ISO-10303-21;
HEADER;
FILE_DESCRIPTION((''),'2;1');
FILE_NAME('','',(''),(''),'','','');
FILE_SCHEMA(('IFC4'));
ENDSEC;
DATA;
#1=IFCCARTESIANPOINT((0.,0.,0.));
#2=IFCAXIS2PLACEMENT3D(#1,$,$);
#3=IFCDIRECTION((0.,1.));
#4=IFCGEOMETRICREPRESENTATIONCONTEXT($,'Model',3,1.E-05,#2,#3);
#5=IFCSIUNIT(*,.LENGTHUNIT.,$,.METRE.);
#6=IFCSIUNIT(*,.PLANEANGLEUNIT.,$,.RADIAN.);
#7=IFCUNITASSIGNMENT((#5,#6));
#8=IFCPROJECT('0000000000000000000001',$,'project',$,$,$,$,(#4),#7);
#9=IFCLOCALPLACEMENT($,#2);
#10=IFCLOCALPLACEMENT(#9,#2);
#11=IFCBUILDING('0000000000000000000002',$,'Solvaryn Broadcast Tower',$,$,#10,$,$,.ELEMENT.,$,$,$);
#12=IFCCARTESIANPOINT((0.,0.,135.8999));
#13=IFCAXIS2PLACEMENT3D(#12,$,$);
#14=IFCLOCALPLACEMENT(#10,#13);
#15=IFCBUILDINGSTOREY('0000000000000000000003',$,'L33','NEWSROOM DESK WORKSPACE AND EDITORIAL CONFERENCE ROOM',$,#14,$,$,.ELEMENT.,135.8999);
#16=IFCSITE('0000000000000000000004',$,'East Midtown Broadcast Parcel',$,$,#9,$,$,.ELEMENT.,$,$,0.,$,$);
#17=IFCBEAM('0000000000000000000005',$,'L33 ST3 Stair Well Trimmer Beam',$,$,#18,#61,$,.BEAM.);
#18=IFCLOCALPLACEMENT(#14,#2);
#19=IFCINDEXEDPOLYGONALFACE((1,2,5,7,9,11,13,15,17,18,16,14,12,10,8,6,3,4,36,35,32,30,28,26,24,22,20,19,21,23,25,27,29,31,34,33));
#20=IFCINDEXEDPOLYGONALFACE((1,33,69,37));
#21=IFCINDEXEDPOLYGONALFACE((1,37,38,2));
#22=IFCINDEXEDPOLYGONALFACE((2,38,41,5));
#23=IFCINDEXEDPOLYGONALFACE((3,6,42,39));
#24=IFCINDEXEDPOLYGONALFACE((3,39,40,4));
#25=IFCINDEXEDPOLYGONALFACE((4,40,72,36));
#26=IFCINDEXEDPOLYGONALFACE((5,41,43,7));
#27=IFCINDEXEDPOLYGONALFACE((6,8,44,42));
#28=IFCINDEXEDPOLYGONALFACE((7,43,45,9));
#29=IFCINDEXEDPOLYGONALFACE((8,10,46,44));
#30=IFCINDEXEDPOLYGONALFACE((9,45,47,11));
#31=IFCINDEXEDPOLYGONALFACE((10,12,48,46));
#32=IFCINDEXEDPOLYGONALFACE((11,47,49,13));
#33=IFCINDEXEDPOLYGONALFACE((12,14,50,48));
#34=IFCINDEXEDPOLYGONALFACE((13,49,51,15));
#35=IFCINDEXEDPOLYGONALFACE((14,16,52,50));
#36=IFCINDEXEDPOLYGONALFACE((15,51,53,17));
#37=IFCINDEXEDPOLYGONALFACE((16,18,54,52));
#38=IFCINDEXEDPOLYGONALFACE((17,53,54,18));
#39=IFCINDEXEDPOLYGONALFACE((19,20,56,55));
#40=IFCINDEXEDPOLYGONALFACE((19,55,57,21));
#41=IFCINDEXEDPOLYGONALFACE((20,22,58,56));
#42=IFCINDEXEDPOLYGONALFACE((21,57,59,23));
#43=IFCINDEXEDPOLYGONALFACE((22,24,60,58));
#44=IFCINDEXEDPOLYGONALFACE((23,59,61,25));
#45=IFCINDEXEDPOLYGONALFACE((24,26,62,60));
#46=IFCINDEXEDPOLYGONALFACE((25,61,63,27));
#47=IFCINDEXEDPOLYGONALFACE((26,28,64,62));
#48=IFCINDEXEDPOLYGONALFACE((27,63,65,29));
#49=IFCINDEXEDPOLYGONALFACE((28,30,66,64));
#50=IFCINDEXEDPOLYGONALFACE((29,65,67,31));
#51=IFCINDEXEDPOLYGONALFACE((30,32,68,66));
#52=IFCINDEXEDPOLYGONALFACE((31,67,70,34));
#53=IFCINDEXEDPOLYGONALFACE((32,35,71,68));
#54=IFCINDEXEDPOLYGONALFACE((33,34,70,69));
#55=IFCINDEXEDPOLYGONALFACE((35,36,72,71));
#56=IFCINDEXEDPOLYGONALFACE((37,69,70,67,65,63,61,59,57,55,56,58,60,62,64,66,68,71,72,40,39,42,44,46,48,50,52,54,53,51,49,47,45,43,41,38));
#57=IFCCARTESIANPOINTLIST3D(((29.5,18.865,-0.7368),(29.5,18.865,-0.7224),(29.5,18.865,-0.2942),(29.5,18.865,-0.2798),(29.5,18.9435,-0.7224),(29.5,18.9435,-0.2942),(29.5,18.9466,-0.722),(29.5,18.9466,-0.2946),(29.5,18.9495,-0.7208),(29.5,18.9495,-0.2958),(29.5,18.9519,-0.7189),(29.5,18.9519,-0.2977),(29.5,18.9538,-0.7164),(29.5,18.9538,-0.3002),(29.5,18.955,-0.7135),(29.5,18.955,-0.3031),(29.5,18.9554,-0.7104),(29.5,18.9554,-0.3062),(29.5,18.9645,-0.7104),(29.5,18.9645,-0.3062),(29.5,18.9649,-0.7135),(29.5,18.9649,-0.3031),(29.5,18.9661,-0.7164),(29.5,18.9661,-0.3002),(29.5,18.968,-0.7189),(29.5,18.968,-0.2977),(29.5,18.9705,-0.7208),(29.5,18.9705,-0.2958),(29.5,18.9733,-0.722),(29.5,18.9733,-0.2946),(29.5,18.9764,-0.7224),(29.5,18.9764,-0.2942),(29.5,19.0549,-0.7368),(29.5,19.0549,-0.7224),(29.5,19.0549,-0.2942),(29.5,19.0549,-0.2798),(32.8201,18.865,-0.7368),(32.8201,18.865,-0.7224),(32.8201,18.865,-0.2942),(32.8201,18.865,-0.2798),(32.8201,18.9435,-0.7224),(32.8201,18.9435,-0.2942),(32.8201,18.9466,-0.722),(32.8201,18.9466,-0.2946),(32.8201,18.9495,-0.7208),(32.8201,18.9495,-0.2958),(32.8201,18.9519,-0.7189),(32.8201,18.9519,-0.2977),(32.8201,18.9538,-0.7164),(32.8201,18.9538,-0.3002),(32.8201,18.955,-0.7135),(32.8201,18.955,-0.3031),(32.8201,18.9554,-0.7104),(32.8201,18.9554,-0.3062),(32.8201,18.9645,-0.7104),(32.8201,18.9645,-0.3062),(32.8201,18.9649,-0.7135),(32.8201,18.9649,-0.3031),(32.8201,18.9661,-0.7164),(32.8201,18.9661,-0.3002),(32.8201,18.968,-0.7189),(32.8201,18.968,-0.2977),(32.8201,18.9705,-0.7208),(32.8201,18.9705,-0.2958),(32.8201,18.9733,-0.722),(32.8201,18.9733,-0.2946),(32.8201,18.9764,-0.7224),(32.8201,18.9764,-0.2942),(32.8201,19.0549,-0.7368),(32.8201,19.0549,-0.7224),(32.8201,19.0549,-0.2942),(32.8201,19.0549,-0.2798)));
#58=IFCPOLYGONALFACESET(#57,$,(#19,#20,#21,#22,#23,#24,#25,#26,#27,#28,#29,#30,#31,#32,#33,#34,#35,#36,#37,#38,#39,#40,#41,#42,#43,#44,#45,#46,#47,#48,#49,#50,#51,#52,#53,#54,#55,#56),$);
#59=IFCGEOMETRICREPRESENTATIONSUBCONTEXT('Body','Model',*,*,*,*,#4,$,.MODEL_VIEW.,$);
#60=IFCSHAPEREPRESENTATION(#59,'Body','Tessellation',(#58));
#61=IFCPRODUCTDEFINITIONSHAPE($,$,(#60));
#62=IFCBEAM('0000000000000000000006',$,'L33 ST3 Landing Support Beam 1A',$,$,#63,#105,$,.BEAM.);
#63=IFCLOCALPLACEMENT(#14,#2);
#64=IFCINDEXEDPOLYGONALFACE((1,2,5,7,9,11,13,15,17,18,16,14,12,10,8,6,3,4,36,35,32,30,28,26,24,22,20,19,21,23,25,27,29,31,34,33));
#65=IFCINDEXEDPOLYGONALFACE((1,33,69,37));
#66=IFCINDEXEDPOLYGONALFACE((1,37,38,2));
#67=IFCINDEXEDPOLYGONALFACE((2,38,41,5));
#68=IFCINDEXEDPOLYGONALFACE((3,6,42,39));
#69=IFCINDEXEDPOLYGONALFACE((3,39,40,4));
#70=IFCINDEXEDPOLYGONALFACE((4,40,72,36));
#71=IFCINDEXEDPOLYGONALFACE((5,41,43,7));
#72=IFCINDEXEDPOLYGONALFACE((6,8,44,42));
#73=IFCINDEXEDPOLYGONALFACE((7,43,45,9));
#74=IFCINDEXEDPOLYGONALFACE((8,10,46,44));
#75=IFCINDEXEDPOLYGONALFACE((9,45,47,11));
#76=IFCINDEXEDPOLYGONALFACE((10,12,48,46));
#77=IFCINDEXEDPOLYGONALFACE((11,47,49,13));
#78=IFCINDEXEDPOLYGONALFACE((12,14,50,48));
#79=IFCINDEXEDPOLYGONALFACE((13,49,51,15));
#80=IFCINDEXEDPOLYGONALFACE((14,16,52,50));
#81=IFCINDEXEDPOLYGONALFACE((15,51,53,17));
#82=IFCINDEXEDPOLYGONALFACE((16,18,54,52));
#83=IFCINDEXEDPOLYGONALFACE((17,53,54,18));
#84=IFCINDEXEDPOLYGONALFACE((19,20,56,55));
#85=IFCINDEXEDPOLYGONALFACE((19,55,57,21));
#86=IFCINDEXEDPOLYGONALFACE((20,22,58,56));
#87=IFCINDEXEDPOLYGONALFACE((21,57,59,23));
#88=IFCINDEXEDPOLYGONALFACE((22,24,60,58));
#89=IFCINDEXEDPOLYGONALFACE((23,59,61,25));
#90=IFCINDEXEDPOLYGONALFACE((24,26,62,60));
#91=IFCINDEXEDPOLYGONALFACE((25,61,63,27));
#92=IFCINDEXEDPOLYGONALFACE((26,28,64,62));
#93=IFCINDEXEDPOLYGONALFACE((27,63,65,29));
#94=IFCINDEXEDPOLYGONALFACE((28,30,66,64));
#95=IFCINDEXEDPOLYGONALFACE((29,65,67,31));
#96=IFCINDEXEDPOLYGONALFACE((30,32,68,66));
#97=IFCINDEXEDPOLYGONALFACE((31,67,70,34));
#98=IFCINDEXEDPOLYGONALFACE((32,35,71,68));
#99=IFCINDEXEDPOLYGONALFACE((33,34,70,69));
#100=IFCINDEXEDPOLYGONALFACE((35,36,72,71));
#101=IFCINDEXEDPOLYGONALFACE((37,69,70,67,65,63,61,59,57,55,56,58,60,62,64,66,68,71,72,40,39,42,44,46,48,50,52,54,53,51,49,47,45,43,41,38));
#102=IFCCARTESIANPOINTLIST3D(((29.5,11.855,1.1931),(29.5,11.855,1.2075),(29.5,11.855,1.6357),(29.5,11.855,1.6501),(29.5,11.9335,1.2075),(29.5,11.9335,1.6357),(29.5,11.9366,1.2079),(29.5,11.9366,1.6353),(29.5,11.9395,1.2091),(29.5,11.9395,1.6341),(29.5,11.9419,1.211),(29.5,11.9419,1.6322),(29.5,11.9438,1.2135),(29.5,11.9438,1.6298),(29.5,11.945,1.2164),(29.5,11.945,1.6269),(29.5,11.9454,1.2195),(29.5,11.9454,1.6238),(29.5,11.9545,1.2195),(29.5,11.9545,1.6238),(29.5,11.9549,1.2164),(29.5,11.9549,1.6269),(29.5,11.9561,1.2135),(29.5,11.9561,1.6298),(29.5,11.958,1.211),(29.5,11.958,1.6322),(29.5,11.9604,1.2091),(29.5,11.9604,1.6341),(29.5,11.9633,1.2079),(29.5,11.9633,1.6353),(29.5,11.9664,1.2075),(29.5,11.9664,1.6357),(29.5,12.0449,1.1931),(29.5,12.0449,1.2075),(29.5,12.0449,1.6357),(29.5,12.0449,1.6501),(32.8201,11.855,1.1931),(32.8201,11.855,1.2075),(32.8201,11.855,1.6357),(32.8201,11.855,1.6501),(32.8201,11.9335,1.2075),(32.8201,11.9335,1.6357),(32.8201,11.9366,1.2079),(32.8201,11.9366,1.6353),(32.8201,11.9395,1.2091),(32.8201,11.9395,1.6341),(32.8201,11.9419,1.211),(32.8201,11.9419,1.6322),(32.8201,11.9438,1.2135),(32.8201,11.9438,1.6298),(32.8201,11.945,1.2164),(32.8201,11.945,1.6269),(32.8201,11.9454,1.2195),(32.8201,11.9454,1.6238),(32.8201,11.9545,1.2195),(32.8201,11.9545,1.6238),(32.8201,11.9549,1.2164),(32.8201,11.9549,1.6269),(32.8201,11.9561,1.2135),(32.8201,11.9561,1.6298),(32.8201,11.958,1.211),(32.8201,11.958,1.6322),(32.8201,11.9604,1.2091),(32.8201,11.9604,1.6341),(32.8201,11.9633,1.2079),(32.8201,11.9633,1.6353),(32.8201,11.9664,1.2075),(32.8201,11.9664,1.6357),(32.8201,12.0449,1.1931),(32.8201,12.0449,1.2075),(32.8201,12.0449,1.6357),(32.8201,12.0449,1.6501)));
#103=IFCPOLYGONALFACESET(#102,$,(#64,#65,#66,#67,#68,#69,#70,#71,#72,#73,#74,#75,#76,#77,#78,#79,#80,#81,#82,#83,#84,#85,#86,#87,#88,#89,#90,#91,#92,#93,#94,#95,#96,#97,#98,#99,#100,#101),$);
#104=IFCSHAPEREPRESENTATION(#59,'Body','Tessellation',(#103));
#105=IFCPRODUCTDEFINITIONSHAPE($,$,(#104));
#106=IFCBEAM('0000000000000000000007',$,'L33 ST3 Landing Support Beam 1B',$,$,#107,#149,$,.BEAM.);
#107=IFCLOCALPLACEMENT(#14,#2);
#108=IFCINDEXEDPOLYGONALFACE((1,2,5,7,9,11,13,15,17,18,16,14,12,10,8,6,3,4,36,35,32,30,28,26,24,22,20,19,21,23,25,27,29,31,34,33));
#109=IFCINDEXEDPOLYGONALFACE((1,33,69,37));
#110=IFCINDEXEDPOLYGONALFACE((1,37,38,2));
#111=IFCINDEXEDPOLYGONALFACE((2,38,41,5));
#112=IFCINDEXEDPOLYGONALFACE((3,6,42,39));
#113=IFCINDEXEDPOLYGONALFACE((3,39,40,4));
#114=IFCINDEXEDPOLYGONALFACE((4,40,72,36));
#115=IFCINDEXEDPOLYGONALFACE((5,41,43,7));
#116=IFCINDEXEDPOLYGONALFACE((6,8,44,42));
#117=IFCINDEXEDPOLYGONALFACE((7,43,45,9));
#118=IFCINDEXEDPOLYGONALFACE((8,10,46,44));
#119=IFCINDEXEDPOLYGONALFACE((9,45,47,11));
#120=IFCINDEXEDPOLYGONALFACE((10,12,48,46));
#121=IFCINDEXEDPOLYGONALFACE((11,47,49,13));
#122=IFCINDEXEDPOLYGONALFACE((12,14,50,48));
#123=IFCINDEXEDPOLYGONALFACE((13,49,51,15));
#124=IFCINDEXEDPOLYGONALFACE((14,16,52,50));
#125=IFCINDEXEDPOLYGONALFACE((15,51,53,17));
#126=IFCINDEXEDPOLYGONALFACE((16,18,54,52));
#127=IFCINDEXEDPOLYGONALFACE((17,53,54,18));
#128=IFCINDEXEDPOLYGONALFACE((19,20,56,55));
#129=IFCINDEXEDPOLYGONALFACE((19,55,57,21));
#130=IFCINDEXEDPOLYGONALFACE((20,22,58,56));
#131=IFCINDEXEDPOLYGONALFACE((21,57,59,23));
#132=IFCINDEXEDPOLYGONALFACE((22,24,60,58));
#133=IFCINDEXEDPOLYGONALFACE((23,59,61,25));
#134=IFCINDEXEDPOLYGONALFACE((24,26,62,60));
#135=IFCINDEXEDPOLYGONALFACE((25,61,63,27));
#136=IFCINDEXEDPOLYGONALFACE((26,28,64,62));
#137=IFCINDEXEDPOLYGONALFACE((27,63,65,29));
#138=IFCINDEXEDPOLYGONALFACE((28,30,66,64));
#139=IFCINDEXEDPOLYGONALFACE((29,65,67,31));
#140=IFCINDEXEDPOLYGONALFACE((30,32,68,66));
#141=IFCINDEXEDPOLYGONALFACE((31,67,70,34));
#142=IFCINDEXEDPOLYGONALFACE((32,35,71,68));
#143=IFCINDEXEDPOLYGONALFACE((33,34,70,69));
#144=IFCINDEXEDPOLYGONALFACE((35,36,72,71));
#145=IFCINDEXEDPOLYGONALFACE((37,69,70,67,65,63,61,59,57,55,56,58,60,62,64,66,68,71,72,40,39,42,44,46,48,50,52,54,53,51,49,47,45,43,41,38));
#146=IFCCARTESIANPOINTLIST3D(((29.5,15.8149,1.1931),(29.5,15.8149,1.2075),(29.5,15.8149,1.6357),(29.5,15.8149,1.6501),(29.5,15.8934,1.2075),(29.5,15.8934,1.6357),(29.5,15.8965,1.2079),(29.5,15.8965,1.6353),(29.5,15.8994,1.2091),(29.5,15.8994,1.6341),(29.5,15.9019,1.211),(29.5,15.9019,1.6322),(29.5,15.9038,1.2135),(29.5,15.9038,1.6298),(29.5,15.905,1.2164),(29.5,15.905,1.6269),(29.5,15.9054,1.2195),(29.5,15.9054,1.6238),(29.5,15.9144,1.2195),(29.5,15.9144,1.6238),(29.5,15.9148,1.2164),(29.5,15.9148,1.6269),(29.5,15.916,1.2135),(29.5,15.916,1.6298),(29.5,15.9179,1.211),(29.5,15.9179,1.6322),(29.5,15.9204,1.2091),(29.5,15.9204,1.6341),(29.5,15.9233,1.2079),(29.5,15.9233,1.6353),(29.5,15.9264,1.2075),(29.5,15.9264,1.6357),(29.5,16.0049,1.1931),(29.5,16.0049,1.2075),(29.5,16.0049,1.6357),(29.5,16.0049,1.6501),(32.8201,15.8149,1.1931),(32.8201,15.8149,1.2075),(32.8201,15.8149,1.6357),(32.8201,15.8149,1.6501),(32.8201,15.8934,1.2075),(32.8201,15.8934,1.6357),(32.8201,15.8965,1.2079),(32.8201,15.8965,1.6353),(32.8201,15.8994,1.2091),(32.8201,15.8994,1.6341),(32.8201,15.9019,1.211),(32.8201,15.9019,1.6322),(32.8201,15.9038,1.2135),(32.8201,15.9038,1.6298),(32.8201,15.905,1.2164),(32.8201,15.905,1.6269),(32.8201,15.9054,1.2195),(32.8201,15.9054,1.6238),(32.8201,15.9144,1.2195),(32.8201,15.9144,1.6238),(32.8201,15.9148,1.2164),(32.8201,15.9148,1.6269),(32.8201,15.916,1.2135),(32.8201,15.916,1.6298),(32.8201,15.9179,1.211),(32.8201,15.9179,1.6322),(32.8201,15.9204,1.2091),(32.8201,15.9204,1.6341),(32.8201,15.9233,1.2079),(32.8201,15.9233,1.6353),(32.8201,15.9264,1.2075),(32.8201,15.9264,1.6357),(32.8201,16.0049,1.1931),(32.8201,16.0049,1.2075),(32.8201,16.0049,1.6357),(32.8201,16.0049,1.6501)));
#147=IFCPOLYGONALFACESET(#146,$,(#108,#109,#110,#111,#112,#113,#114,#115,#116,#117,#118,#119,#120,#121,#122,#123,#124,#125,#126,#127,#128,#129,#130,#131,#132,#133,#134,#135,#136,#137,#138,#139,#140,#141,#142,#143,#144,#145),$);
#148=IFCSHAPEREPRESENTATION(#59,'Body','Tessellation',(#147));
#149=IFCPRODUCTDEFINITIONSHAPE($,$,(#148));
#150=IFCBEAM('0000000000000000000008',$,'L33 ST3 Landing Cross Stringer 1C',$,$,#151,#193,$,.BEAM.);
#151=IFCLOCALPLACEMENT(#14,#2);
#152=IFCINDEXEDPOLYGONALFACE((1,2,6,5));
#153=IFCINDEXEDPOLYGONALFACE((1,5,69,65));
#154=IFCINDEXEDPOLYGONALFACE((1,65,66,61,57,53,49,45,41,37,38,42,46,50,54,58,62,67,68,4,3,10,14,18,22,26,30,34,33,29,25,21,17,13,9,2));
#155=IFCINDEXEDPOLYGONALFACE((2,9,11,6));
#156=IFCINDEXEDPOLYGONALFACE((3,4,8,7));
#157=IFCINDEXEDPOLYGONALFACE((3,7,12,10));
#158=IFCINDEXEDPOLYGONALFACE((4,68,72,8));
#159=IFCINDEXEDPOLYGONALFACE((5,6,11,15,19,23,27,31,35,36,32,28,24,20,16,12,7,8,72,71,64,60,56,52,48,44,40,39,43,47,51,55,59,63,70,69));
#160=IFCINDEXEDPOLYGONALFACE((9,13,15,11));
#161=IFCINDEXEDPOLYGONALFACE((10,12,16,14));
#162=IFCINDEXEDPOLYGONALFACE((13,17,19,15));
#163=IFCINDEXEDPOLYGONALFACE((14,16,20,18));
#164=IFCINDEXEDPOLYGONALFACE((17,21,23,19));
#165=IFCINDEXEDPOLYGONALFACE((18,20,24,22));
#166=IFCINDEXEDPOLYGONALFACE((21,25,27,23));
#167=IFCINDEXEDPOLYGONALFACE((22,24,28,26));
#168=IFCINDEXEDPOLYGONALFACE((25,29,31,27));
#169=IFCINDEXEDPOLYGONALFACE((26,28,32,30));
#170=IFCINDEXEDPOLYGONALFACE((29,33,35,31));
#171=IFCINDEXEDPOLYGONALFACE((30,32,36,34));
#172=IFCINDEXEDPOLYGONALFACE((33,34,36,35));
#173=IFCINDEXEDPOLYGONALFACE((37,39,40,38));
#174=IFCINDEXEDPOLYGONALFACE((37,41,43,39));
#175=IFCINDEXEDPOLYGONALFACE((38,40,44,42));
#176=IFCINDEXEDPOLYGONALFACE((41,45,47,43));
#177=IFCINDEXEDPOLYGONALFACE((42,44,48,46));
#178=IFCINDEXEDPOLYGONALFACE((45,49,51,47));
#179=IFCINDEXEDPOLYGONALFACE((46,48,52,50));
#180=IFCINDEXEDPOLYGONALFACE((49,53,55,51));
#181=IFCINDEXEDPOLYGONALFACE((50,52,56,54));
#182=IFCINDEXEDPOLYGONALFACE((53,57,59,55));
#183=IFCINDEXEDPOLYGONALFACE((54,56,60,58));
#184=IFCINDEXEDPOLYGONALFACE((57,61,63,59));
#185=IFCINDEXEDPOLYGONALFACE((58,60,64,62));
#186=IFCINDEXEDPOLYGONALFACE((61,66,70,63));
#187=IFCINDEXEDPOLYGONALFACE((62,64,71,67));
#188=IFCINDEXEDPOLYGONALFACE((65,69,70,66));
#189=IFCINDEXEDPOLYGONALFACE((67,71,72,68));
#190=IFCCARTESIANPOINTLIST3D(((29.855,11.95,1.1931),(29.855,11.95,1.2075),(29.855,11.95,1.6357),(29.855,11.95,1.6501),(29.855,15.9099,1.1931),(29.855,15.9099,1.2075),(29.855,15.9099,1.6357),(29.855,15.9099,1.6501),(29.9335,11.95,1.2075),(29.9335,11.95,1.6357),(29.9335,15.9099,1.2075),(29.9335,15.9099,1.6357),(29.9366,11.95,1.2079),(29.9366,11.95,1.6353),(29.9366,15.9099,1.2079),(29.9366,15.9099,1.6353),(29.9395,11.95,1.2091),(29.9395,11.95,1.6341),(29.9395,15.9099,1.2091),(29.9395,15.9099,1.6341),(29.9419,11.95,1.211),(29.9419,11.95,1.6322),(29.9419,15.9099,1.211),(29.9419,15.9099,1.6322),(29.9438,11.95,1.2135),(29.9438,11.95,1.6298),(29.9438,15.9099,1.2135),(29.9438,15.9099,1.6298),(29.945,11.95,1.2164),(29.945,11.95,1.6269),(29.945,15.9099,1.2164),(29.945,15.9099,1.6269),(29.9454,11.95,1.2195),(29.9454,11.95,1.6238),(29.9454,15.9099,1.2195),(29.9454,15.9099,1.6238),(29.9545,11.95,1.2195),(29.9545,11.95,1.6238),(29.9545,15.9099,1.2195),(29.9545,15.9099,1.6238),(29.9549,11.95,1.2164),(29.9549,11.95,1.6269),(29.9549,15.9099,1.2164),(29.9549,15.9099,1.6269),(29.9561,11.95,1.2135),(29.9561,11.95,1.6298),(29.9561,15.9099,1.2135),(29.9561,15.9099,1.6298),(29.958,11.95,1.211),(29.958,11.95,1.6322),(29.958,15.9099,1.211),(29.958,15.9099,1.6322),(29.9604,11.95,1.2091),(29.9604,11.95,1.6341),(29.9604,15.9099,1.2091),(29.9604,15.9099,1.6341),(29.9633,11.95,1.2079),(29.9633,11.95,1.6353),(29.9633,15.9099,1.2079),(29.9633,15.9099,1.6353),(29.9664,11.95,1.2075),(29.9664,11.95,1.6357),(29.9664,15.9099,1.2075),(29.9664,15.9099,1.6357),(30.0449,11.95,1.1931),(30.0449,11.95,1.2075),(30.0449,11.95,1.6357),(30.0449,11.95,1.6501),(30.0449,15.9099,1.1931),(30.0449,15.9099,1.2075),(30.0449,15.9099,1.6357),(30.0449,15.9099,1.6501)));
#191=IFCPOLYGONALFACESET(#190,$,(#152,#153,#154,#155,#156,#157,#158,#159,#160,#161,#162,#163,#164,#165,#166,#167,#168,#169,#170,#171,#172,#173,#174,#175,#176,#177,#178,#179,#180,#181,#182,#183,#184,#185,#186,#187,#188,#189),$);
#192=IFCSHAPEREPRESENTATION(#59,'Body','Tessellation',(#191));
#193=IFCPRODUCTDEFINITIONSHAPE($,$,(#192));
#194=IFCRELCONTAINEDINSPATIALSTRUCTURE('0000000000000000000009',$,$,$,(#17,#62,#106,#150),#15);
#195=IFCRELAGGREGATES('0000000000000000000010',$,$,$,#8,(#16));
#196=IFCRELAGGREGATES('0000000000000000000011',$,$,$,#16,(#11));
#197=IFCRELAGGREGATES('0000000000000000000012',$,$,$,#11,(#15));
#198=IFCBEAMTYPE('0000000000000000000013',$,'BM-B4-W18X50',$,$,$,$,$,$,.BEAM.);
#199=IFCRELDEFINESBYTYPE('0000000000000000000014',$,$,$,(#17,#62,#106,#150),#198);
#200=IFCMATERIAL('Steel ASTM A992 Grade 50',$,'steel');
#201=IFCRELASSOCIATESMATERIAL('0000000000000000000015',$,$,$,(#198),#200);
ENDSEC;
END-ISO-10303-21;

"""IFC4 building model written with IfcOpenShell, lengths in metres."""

from ifc_helpers import new_model, si_unit, direction, frame, origin, origin_2d, place, context, subcontext, project, spatial, i_section, extrude, material, material_profile, profile_set, type_object, element, save


model = new_model("IFC4")

# Units and contexts
model_context = context("Model", 3, precision=1e-05, world=origin(), true_north=direction((0.0, 1.0)))
body_context = subcontext(model_context, "Body", "Model", "MODEL_VIEW")
ifc_project = project(units=[si_unit("LENGTHUNIT", "METRE"), si_unit("PLANEANGLEUNIT", "RADIAN")], contexts=[model_context])

# Site, building, storey
site_placement = place(None, origin())
site = spatial("IfcSite", under=ifc_project, at=site_placement, Name="East Midtown Broadcast Parcel", CompositionType="ELEMENT", RefElevation=0.0)
building_placement = place(site_placement, origin())
building = spatial("IfcBuilding", under=site, at=building_placement, Name="Solvaryn Broadcast Tower", CompositionType="ELEMENT")
storey_placement = place(building_placement, frame((0.0, 0.0, 135.8999)))
storey = spatial("IfcBuildingStorey", under=building, at=storey_placement, Name="L33", Description="NEWSROOM DESK WORKSPACE AND EDITORIAL CONFERENCE ROOM", CompositionType="ELEMENT", Elevation=135.8999)

# Beams
ifc_material_1 = material(Name="Steel ASTM A992 Grade 50", Category="steel")
ifc_material_profile_1 = material_profile(ifc_material_1, i_section(OverallWidth=0.1899, OverallDepth=0.457, WebThickness=0.009, FlangeThickness=0.0144, FilletRadius=0.012, at=origin_2d()))
ifc_profile_set_1 = profile_set([ifc_material_profile_1], Name="Steel ASTM A992 Grade 50")
beam_type_1 = type_object("IfcBeamType", Name="BM-B4-W18X50", PredefinedType="BEAM", material=ifc_profile_set_1)
for number, where, z_axis, x_axis, name in (
    (1, (29.5, 18.96, -0.5083), (1.0, 0.0, 0.0), (0.0, 1.0, 0.0), "L33 ST3 Stair Well Trimmer Beam"),
    (2, (29.5, 11.95, 1.4216), (1.0, 0.0, 0.0), (0.0, 1.0, 0.0), "L33 ST3 Landing Support Beam 1A"),
    (3, (29.5, 15.9099, 1.4216), (1.0, 0.0, 0.0), (0.0, 1.0, 0.0), "L33 ST3 Landing Support Beam 1B"),
):
    element("IfcBeam", number, at=place(storey_placement, frame(where, z_axis=z_axis, x_axis=x_axis)), inside=storey, type_object=beam_type_1, Name=name, PredefinedType="BEAM", context=body_context, shape_type="SweptSolid", body=[
        extrude(i_section(OverallWidth=0.1899, OverallDepth=0.457, WebThickness=0.009, FlangeThickness=0.0144, FilletRadius=0.012, at=origin_2d()), origin(), (0.0, 0.0, 1.0), 3.3201),
    ])
beam_1_placement = place(storey_placement, frame((29.95, 11.95, 1.4216), z_axis=(0.0, 1.0, 0.0), x_axis=(-1.0, 0.0, 0.0)))
element("IfcBeam", 4, at=beam_1_placement, inside=storey, type_object=beam_type_1, Name="L33 ST3 Landing Cross Stringer 1C", PredefinedType="BEAM", context=body_context, shape_type="SweptSolid", body=[
    extrude(i_section(OverallWidth=0.1899, OverallDepth=0.457, WebThickness=0.009, FlangeThickness=0.0144, FilletRadius=0.012, at=origin_2d()), origin(), (0.0, 0.0, 1.0), 3.96),
])

save(model, "model.ifc")
